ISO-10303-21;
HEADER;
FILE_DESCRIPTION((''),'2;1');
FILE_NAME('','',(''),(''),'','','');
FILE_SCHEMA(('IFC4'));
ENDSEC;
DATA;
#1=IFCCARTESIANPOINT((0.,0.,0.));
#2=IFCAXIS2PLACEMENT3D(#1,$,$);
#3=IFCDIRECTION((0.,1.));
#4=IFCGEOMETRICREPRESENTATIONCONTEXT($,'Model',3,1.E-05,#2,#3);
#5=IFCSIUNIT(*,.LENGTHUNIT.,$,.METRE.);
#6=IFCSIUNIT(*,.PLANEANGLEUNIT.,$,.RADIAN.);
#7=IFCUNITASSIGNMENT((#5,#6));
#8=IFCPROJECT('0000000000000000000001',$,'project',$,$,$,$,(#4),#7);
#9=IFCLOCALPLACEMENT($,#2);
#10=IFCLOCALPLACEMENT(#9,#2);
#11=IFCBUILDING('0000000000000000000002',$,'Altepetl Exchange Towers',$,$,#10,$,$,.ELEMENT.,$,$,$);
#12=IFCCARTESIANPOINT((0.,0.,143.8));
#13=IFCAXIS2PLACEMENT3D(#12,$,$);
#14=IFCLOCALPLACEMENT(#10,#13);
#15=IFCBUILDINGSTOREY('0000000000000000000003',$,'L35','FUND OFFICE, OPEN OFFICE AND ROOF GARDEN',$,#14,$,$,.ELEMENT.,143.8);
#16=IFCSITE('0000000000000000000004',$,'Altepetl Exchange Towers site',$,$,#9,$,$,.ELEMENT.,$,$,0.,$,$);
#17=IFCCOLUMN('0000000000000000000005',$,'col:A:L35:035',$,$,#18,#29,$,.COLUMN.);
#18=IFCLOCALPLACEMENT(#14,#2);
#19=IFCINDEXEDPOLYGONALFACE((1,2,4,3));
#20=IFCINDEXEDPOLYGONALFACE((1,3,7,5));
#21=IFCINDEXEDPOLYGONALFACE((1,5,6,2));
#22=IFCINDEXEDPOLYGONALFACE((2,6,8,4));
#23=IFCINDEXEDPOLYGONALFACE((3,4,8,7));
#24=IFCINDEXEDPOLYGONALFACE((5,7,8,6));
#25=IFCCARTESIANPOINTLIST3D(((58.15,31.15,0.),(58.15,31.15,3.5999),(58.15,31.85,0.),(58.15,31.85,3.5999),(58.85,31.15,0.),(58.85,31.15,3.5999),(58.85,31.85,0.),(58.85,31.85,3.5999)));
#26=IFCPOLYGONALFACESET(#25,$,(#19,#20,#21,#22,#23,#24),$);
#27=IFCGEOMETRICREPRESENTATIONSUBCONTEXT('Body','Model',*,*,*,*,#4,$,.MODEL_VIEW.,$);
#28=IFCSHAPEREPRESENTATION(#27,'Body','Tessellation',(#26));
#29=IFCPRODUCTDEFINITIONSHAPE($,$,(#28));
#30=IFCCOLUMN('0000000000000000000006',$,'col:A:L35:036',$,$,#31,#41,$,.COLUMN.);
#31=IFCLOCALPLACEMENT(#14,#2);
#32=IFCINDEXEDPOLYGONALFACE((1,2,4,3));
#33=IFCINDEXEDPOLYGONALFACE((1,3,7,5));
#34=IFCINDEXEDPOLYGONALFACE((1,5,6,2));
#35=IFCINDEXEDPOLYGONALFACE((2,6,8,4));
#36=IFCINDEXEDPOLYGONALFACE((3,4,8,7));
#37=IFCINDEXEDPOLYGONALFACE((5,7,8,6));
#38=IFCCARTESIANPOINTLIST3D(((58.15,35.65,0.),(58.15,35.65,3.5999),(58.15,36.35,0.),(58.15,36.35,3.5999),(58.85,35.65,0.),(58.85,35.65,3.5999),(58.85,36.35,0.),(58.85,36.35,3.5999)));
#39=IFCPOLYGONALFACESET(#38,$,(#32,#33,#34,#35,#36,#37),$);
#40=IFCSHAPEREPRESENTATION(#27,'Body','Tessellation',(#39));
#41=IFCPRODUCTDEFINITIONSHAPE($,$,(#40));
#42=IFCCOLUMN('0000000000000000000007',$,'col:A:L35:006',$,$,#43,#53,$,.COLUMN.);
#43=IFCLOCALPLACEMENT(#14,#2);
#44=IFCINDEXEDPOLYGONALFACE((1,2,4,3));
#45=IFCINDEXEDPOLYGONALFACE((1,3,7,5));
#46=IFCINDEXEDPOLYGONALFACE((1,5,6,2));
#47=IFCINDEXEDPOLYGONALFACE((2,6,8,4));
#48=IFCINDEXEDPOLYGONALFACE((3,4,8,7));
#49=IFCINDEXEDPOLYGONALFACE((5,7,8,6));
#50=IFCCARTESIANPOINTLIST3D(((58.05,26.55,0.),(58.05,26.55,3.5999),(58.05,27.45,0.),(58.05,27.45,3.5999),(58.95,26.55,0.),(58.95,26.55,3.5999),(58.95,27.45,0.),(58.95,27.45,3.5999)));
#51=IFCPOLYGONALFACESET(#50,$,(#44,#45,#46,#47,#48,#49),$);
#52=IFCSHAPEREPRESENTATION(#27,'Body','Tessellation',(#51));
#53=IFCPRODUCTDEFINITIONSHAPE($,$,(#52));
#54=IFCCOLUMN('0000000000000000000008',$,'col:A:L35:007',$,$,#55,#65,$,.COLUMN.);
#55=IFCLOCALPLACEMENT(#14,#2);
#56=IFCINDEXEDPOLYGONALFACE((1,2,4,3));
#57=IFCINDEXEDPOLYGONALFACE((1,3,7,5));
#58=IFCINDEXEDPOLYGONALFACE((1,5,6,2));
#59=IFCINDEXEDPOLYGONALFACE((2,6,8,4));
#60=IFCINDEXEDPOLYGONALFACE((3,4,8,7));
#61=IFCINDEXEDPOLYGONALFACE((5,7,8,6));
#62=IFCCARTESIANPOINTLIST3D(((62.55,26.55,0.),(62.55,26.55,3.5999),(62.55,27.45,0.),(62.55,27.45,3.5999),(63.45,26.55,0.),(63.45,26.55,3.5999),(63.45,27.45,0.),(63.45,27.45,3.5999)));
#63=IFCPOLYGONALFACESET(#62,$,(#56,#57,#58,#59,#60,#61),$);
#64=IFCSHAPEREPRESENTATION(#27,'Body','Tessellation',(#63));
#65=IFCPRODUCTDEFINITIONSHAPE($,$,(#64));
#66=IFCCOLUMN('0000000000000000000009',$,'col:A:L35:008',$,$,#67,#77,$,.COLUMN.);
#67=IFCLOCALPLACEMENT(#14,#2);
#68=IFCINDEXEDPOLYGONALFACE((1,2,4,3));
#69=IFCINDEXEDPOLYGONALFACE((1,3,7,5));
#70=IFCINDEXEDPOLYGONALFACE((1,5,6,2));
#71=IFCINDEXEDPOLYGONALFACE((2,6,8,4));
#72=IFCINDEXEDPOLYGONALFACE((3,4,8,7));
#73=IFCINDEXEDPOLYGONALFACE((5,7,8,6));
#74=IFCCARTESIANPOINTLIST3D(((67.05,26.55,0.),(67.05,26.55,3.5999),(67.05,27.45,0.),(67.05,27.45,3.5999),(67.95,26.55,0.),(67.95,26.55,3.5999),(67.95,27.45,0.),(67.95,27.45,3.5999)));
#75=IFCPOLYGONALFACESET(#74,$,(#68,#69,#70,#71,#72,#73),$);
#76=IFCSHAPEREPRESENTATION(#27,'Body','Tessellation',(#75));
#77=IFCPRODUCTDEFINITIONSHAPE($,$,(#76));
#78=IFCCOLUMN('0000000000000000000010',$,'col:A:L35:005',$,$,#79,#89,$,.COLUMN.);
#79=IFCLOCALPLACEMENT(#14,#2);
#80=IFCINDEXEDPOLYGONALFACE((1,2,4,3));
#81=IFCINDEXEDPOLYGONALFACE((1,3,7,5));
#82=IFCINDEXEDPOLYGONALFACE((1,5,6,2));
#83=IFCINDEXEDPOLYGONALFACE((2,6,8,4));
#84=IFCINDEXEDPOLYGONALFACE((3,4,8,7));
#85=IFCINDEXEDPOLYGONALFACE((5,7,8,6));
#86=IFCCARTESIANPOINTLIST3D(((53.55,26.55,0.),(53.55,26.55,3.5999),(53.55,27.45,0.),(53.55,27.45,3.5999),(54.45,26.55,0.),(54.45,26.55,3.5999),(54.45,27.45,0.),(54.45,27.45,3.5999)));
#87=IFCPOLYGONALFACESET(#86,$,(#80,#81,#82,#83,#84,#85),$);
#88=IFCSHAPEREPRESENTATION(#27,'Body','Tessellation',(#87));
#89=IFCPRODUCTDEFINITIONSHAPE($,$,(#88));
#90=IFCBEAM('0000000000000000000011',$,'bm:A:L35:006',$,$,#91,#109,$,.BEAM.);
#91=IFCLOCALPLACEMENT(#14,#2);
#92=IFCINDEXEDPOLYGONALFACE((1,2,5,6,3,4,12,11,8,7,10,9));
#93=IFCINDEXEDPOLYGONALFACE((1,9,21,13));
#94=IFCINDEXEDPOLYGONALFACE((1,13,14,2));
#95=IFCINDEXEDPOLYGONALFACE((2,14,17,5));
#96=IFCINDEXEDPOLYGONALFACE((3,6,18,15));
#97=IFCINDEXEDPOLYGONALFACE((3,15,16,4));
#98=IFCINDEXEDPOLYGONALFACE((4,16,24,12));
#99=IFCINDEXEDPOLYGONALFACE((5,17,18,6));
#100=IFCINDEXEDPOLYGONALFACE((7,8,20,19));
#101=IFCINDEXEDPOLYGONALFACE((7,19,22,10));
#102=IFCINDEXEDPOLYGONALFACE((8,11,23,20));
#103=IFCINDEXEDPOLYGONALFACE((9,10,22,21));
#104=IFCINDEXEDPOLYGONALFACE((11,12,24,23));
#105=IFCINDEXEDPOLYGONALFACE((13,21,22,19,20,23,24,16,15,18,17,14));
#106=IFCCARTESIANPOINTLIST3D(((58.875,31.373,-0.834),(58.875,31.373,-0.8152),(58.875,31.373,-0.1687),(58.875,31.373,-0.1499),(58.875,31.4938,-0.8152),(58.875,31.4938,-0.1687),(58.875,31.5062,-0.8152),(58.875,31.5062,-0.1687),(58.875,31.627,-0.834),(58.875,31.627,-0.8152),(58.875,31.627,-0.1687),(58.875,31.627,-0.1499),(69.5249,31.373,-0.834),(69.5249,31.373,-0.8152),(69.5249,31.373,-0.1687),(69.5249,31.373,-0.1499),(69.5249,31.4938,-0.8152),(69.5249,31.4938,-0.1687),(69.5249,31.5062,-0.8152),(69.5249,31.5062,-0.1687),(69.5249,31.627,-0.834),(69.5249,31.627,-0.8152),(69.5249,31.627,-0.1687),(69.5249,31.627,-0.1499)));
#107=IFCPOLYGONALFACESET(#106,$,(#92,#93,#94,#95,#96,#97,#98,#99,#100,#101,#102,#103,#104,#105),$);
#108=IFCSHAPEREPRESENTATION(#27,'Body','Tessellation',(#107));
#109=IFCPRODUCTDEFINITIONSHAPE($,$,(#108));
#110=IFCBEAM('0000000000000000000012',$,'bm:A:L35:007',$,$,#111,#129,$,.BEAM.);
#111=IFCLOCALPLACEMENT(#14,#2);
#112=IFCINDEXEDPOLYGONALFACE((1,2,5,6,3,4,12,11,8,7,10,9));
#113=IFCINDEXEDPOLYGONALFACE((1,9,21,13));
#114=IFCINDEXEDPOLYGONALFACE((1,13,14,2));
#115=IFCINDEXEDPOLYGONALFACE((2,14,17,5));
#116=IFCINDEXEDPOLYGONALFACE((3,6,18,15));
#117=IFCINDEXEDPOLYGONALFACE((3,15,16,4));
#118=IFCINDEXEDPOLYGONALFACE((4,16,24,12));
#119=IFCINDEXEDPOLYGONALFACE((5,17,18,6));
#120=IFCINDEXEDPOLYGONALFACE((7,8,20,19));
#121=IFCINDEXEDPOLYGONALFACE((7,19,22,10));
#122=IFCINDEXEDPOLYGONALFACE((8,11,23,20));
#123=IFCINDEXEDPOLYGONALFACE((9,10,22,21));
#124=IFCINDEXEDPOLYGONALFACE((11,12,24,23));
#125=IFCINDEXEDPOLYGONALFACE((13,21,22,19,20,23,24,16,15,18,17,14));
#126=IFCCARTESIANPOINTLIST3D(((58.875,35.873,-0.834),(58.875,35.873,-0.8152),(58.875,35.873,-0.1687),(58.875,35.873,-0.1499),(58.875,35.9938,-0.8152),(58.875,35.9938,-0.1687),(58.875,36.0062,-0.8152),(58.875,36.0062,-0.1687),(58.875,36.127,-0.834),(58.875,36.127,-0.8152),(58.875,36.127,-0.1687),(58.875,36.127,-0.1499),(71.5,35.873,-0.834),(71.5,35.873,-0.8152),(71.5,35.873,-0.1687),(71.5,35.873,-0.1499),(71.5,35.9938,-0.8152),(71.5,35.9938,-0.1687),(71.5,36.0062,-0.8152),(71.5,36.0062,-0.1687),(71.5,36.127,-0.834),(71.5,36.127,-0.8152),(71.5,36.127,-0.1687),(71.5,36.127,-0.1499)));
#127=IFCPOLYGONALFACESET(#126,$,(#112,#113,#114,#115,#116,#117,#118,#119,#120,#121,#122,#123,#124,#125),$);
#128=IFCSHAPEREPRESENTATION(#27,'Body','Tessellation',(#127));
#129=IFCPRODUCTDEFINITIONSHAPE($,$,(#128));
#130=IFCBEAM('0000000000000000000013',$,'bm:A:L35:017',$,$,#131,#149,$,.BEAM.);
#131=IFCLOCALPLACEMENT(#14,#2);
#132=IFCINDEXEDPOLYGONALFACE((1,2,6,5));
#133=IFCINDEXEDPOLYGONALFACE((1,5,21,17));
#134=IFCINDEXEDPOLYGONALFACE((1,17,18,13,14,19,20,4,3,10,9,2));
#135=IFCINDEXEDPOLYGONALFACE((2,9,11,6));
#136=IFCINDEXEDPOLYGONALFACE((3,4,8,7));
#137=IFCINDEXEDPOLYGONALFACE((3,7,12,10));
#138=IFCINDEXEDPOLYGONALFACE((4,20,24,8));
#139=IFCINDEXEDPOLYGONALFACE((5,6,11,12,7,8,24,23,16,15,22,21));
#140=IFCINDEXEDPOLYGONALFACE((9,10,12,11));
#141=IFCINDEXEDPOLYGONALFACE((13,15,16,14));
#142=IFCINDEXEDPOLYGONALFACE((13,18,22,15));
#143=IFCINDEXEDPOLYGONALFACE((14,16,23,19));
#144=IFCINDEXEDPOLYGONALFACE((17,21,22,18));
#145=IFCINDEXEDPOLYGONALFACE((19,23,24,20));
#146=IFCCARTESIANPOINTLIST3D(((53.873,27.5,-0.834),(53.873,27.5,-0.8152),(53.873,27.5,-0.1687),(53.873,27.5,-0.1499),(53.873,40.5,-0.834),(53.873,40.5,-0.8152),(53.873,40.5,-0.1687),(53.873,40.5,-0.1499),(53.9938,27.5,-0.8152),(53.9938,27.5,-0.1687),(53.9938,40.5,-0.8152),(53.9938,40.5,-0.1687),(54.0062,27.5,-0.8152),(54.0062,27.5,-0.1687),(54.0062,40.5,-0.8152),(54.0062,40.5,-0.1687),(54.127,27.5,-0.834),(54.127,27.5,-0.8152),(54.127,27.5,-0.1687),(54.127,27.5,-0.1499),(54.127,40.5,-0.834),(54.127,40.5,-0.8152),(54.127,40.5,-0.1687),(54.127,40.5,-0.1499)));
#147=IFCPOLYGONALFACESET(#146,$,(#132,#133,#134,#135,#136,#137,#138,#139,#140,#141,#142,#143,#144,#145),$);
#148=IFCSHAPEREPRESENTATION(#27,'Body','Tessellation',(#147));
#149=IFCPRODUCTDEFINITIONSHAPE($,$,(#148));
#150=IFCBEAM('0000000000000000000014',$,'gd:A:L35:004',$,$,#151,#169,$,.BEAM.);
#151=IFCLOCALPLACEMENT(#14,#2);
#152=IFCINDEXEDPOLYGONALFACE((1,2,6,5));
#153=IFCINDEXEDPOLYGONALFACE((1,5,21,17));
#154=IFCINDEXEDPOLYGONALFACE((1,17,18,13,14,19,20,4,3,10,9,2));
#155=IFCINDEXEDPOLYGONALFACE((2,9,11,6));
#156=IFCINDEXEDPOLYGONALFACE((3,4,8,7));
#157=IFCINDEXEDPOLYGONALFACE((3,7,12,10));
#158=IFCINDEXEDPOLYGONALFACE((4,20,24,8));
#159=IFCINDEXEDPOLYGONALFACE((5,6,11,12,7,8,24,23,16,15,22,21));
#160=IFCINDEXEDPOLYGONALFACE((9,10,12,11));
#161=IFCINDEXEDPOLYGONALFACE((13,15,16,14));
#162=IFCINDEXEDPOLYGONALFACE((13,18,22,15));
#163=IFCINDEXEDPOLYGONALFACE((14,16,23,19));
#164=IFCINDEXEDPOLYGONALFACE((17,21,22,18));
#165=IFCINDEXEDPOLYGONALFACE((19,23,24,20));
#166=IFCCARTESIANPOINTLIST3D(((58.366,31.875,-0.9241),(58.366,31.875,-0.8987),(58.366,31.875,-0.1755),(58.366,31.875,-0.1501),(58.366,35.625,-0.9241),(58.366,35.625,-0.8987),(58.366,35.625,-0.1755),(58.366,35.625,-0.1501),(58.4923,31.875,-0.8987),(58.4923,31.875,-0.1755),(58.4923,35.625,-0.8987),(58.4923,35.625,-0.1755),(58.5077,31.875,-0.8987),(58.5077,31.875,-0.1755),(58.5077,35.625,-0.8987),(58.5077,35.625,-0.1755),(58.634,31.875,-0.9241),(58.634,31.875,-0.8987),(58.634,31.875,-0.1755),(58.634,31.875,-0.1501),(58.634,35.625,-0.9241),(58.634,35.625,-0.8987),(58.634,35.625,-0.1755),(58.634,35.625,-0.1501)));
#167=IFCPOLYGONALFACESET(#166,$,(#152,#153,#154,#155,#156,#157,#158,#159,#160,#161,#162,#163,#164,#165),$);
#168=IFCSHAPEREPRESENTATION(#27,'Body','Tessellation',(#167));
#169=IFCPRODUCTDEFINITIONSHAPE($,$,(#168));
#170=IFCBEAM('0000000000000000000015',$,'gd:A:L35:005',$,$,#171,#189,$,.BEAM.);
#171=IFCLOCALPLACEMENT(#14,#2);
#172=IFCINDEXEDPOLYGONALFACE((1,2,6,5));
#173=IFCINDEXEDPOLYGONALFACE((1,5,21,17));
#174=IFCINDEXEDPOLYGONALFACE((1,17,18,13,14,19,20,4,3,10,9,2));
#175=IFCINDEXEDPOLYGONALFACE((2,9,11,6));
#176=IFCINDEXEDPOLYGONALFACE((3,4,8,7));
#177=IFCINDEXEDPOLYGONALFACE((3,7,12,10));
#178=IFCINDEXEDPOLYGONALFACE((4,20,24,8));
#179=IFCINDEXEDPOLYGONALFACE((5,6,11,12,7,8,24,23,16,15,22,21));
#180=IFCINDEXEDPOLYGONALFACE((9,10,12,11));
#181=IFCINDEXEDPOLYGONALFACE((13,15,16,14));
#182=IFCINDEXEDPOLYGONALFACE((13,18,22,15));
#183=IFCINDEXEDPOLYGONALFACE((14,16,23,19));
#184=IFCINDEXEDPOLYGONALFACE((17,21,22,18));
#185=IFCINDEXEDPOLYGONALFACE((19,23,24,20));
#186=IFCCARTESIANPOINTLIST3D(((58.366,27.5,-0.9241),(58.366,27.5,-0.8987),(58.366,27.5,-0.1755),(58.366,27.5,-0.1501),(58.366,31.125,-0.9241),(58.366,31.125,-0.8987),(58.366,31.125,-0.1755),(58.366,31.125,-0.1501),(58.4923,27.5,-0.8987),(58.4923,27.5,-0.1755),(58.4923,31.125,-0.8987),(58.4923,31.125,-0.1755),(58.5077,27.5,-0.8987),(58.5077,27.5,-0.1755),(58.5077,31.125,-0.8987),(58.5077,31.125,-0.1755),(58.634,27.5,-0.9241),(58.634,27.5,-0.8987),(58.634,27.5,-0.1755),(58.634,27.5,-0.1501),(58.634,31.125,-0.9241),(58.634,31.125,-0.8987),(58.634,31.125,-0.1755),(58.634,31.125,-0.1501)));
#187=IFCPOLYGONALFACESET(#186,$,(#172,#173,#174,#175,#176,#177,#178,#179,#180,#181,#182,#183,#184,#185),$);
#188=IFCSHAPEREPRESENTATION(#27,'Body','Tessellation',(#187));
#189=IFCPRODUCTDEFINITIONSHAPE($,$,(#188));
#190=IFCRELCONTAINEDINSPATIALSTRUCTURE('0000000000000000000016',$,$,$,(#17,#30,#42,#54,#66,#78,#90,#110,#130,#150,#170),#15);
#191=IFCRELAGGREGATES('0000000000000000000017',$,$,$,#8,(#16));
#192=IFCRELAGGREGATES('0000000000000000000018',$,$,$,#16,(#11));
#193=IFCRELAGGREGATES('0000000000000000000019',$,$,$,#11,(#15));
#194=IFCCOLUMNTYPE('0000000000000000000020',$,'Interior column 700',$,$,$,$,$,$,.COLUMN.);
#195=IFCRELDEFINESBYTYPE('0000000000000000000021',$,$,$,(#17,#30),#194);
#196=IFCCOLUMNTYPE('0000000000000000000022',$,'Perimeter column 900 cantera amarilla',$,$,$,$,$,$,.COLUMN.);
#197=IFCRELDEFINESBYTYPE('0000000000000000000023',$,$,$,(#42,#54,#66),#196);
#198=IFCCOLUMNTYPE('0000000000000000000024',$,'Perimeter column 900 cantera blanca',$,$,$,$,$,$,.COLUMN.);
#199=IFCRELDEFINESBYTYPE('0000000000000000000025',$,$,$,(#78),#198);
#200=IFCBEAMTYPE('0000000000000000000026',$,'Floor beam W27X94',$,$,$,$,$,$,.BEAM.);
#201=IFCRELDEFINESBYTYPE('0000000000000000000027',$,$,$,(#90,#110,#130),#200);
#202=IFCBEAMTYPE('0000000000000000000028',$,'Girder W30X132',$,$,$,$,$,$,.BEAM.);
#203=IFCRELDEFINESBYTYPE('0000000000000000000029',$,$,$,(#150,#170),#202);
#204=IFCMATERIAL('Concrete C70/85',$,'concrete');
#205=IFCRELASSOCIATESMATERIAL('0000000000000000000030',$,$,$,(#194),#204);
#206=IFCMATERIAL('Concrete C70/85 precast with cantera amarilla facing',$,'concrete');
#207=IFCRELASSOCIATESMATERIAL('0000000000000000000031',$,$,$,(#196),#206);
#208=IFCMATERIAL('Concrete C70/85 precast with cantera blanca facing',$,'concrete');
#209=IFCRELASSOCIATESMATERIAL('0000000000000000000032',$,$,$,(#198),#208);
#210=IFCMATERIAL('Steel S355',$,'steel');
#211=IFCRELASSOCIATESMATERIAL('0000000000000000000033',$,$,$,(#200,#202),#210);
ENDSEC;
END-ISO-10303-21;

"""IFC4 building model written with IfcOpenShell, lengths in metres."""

from ifc_helpers import new_model, si_unit, direction, frame, origin, origin_2d, place, context, subcontext, project, spatial, rectangle, i_section, extrude, material, material_profile, profile_set, type_object, element, save


model = new_model("IFC4")

# Units and contexts
model_context = context("Model", 3, precision=1e-05, world=origin(), true_north=direction((0.0, 1.0)))
body_context = subcontext(model_context, "Body", "Model", "MODEL_VIEW")
ifc_project = project(units=[si_unit("LENGTHUNIT", "METRE"), si_unit("PLANEANGLEUNIT", "RADIAN")], contexts=[model_context])

# Site, building, storey
site_placement = place(None, origin())
site = spatial("IfcSite", under=ifc_project, at=site_placement, Name="Altepetl Exchange Towers site", CompositionType="ELEMENT", RefElevation=0.0)
building_placement = place(site_placement, origin())
building = spatial("IfcBuilding", under=site, at=building_placement, Name="Altepetl Exchange Towers", CompositionType="ELEMENT")
storey_placement = place(building_placement, frame((0.0, 0.0, 143.8)))
storey = spatial("IfcBuildingStorey", under=building, at=storey_placement, Name="L35", Description="FUND OFFICE, OPEN OFFICE AND ROOF GARDEN", CompositionType="ELEMENT", Elevation=143.8)

# Columns
ifc_material_1 = material(Name="Concrete C70/85", Category="concrete")
ifc_material_profile_1 = material_profile(ifc_material_1, rectangle(XDim=0.7, YDim=0.7, at=origin_2d()), Name="700 x 700")
ifc_profile_set_1 = profile_set([ifc_material_profile_1], Name="Concrete C70/85")
column_type_1 = type_object("IfcColumnType", Name="Interior column 700", PredefinedType="COLUMN", material=ifc_profile_set_1)
for number, where, name in (
    (1, (58.5, 31.5, 0.0), "col:A:L35:035"),
    (2, (58.5, 36.0, 0.0), "col:A:L35:036"),
):
    element("IfcColumn", number, at=place(storey_placement, frame(where)), inside=storey, type_object=column_type_1, Name=name, PredefinedType="COLUMN", context=body_context, shape_type="SweptSolid", body=[
        extrude(rectangle(XDim=0.7, YDim=0.7, at=origin_2d()), origin(), (0.0, 0.0, 1.0), 3.5999),
    ])
ifc_material_2 = material(Name="Concrete C70/85 precast with cantera amarilla facing", Category="concrete")
ifc_material_profile_2 = material_profile(ifc_material_2, rectangle(XDim=0.8999, YDim=0.8999, at=origin_2d()), Name="900 x 900")
ifc_profile_set_2 = profile_set([ifc_material_profile_2], Name="Concrete C70/85 precast with cantera amarilla facing")
column_type_2 = type_object("IfcColumnType", Name="Perimeter column 900 cantera amarilla", PredefinedType="COLUMN", material=ifc_profile_set_2)
for number, where, name in (
    (3, (58.5, 27.0, 0.0), "col:A:L35:006"),
    (4, (63.0, 27.0, 0.0), "col:A:L35:007"),
    (5, (67.5, 27.0, 0.0), "col:A:L35:008"),
):
    element("IfcColumn", number, at=place(storey_placement, frame(where)), inside=storey, type_object=column_type_2, Name=name, PredefinedType="COLUMN", context=body_context, shape_type="SweptSolid", body=[
        extrude(rectangle(XDim=0.8999, YDim=0.8999, at=origin_2d()), origin(), (0.0, 0.0, 1.0), 3.5999),
    ])
ifc_material_3 = material(Name="Concrete C70/85 precast with cantera blanca facing", Category="concrete")
ifc_material_profile_3 = material_profile(ifc_material_3, rectangle(XDim=0.8999, YDim=0.8999, at=origin_2d()), Name="900 x 900")
ifc_profile_set_3 = profile_set([ifc_material_profile_3], Name="Concrete C70/85 precast with cantera blanca facing")
column_type_3 = type_object("IfcColumnType", Name="Perimeter column 900 cantera blanca", PredefinedType="COLUMN", material=ifc_profile_set_3)
column_placement = place(storey_placement, frame((54.0, 27.0, 0.0)))
element("IfcColumn", 6, at=column_placement, inside=storey, type_object=column_type_3, Name="col:A:L35:005", PredefinedType="COLUMN", context=body_context, shape_type="SweptSolid", body=[
    extrude(rectangle(XDim=0.8999, YDim=0.8999, at=origin_2d()), origin(), (0.0, 0.0, 1.0), 3.5999),
])

# Beams
ifc_material_4 = material(Name="Steel S355", Category="steel")
ifc_material_profile_4 = material_profile(ifc_material_4, i_section(OverallWidth=0.2539, OverallDepth=0.6841, WebThickness=0.0125, FlangeThickness=0.0188, at=origin_2d()), Name="W27X94")
ifc_profile_set_4 = profile_set([ifc_material_profile_4], Name="Steel S355")
beam_type_1 = type_object("IfcBeamType", Name="Floor beam W27X94", PredefinedType="BEAM", material=ifc_profile_set_4)
beam_1_placement = place(storey_placement, frame((58.875, 31.5, -0.4919), z_axis=(1.0, 0.0, 0.0), x_axis=(0.0, 1.0, 0.0)))
element("IfcBeam", 7, at=beam_1_placement, inside=storey, type_object=beam_type_1, Name="bm:A:L35:006", PredefinedType="BEAM", context=body_context, shape_type="SweptSolid", body=[
    extrude(i_section(OverallWidth=0.2539, OverallDepth=0.6841, WebThickness=0.0125, FlangeThickness=0.0188, at=origin_2d()), origin(), (0.0, 0.0, 1.0), 10.6499),
])
beam_2_placement = place(storey_placement, frame((58.875, 36.0, -0.4919), z_axis=(1.0, 0.0, 0.0), x_axis=(0.0, 1.0, 0.0)))
element("IfcBeam", 8, at=beam_2_placement, inside=storey, type_object=beam_type_1, Name="bm:A:L35:007", PredefinedType="BEAM", context=body_context, shape_type="SweptSolid", body=[
    extrude(i_section(OverallWidth=0.2539, OverallDepth=0.6841, WebThickness=0.0125, FlangeThickness=0.0188, at=origin_2d()), origin(), (0.0, 0.0, 1.0), 12.625),
])
beam_3_placement = place(storey_placement, frame((54.0, 27.5, -0.4919), z_axis=(0.0, 1.0, 0.0), x_axis=(-1.0, 0.0, 0.0)))
element("IfcBeam", 9, at=beam_3_placement, inside=storey, type_object=beam_type_1, Name="bm:A:L35:017", PredefinedType="BEAM", context=body_context, shape_type="SweptSolid", body=[
    extrude(i_section(OverallWidth=0.2539, OverallDepth=0.6841, WebThickness=0.0125, FlangeThickness=0.0188, at=origin_2d()), origin(), (0.0, 0.0, 1.0), 13.0),
])
ifc_material_profile_5 = material_profile(ifc_material_4, i_section(OverallWidth=0.2681, OverallDepth=0.7739, WebThickness=0.0154, FlangeThickness=0.0254, at=origin_2d()), Name="W30X132")
ifc_profile_set_5 = profile_set([ifc_material_profile_5], Name="Steel S355")
beam_type_2 = type_object("IfcBeamType", Name="Girder W30X132", PredefinedType="BEAM", material=ifc_profile_set_5)
beam_4_placement = place(storey_placement, frame((58.5, 35.625, -0.5371), z_axis=(0.0, -1.0, 0.0), x_axis=(1.0, 0.0, 0.0)))
element("IfcBeam", 10, at=beam_4_placement, inside=storey, type_object=beam_type_2, Name="gd:A:L35:004", PredefinedType="BEAM", context=body_context, shape_type="SweptSolid", body=[
    extrude(i_section(OverallWidth=0.2681, OverallDepth=0.7739, WebThickness=0.0154, FlangeThickness=0.0254, at=origin_2d()), origin(), (0.0, 0.0, 1.0), 3.75),
])
beam_5_placement = place(storey_placement, frame((58.5, 31.125, -0.5371), z_axis=(0.0, -1.0, 0.0), x_axis=(1.0, 0.0, 0.0)))
element("IfcBeam", 11, at=beam_5_placement, inside=storey, type_object=beam_type_2, Name="gd:A:L35:005", PredefinedType="BEAM", context=body_context, shape_type="SweptSolid", body=[
    extrude(i_section(OverallWidth=0.2681, OverallDepth=0.7739, WebThickness=0.0154, FlangeThickness=0.0254, at=origin_2d()), origin(), (0.0, 0.0, 1.0), 3.625),
])

save(model, "model.ifc")
